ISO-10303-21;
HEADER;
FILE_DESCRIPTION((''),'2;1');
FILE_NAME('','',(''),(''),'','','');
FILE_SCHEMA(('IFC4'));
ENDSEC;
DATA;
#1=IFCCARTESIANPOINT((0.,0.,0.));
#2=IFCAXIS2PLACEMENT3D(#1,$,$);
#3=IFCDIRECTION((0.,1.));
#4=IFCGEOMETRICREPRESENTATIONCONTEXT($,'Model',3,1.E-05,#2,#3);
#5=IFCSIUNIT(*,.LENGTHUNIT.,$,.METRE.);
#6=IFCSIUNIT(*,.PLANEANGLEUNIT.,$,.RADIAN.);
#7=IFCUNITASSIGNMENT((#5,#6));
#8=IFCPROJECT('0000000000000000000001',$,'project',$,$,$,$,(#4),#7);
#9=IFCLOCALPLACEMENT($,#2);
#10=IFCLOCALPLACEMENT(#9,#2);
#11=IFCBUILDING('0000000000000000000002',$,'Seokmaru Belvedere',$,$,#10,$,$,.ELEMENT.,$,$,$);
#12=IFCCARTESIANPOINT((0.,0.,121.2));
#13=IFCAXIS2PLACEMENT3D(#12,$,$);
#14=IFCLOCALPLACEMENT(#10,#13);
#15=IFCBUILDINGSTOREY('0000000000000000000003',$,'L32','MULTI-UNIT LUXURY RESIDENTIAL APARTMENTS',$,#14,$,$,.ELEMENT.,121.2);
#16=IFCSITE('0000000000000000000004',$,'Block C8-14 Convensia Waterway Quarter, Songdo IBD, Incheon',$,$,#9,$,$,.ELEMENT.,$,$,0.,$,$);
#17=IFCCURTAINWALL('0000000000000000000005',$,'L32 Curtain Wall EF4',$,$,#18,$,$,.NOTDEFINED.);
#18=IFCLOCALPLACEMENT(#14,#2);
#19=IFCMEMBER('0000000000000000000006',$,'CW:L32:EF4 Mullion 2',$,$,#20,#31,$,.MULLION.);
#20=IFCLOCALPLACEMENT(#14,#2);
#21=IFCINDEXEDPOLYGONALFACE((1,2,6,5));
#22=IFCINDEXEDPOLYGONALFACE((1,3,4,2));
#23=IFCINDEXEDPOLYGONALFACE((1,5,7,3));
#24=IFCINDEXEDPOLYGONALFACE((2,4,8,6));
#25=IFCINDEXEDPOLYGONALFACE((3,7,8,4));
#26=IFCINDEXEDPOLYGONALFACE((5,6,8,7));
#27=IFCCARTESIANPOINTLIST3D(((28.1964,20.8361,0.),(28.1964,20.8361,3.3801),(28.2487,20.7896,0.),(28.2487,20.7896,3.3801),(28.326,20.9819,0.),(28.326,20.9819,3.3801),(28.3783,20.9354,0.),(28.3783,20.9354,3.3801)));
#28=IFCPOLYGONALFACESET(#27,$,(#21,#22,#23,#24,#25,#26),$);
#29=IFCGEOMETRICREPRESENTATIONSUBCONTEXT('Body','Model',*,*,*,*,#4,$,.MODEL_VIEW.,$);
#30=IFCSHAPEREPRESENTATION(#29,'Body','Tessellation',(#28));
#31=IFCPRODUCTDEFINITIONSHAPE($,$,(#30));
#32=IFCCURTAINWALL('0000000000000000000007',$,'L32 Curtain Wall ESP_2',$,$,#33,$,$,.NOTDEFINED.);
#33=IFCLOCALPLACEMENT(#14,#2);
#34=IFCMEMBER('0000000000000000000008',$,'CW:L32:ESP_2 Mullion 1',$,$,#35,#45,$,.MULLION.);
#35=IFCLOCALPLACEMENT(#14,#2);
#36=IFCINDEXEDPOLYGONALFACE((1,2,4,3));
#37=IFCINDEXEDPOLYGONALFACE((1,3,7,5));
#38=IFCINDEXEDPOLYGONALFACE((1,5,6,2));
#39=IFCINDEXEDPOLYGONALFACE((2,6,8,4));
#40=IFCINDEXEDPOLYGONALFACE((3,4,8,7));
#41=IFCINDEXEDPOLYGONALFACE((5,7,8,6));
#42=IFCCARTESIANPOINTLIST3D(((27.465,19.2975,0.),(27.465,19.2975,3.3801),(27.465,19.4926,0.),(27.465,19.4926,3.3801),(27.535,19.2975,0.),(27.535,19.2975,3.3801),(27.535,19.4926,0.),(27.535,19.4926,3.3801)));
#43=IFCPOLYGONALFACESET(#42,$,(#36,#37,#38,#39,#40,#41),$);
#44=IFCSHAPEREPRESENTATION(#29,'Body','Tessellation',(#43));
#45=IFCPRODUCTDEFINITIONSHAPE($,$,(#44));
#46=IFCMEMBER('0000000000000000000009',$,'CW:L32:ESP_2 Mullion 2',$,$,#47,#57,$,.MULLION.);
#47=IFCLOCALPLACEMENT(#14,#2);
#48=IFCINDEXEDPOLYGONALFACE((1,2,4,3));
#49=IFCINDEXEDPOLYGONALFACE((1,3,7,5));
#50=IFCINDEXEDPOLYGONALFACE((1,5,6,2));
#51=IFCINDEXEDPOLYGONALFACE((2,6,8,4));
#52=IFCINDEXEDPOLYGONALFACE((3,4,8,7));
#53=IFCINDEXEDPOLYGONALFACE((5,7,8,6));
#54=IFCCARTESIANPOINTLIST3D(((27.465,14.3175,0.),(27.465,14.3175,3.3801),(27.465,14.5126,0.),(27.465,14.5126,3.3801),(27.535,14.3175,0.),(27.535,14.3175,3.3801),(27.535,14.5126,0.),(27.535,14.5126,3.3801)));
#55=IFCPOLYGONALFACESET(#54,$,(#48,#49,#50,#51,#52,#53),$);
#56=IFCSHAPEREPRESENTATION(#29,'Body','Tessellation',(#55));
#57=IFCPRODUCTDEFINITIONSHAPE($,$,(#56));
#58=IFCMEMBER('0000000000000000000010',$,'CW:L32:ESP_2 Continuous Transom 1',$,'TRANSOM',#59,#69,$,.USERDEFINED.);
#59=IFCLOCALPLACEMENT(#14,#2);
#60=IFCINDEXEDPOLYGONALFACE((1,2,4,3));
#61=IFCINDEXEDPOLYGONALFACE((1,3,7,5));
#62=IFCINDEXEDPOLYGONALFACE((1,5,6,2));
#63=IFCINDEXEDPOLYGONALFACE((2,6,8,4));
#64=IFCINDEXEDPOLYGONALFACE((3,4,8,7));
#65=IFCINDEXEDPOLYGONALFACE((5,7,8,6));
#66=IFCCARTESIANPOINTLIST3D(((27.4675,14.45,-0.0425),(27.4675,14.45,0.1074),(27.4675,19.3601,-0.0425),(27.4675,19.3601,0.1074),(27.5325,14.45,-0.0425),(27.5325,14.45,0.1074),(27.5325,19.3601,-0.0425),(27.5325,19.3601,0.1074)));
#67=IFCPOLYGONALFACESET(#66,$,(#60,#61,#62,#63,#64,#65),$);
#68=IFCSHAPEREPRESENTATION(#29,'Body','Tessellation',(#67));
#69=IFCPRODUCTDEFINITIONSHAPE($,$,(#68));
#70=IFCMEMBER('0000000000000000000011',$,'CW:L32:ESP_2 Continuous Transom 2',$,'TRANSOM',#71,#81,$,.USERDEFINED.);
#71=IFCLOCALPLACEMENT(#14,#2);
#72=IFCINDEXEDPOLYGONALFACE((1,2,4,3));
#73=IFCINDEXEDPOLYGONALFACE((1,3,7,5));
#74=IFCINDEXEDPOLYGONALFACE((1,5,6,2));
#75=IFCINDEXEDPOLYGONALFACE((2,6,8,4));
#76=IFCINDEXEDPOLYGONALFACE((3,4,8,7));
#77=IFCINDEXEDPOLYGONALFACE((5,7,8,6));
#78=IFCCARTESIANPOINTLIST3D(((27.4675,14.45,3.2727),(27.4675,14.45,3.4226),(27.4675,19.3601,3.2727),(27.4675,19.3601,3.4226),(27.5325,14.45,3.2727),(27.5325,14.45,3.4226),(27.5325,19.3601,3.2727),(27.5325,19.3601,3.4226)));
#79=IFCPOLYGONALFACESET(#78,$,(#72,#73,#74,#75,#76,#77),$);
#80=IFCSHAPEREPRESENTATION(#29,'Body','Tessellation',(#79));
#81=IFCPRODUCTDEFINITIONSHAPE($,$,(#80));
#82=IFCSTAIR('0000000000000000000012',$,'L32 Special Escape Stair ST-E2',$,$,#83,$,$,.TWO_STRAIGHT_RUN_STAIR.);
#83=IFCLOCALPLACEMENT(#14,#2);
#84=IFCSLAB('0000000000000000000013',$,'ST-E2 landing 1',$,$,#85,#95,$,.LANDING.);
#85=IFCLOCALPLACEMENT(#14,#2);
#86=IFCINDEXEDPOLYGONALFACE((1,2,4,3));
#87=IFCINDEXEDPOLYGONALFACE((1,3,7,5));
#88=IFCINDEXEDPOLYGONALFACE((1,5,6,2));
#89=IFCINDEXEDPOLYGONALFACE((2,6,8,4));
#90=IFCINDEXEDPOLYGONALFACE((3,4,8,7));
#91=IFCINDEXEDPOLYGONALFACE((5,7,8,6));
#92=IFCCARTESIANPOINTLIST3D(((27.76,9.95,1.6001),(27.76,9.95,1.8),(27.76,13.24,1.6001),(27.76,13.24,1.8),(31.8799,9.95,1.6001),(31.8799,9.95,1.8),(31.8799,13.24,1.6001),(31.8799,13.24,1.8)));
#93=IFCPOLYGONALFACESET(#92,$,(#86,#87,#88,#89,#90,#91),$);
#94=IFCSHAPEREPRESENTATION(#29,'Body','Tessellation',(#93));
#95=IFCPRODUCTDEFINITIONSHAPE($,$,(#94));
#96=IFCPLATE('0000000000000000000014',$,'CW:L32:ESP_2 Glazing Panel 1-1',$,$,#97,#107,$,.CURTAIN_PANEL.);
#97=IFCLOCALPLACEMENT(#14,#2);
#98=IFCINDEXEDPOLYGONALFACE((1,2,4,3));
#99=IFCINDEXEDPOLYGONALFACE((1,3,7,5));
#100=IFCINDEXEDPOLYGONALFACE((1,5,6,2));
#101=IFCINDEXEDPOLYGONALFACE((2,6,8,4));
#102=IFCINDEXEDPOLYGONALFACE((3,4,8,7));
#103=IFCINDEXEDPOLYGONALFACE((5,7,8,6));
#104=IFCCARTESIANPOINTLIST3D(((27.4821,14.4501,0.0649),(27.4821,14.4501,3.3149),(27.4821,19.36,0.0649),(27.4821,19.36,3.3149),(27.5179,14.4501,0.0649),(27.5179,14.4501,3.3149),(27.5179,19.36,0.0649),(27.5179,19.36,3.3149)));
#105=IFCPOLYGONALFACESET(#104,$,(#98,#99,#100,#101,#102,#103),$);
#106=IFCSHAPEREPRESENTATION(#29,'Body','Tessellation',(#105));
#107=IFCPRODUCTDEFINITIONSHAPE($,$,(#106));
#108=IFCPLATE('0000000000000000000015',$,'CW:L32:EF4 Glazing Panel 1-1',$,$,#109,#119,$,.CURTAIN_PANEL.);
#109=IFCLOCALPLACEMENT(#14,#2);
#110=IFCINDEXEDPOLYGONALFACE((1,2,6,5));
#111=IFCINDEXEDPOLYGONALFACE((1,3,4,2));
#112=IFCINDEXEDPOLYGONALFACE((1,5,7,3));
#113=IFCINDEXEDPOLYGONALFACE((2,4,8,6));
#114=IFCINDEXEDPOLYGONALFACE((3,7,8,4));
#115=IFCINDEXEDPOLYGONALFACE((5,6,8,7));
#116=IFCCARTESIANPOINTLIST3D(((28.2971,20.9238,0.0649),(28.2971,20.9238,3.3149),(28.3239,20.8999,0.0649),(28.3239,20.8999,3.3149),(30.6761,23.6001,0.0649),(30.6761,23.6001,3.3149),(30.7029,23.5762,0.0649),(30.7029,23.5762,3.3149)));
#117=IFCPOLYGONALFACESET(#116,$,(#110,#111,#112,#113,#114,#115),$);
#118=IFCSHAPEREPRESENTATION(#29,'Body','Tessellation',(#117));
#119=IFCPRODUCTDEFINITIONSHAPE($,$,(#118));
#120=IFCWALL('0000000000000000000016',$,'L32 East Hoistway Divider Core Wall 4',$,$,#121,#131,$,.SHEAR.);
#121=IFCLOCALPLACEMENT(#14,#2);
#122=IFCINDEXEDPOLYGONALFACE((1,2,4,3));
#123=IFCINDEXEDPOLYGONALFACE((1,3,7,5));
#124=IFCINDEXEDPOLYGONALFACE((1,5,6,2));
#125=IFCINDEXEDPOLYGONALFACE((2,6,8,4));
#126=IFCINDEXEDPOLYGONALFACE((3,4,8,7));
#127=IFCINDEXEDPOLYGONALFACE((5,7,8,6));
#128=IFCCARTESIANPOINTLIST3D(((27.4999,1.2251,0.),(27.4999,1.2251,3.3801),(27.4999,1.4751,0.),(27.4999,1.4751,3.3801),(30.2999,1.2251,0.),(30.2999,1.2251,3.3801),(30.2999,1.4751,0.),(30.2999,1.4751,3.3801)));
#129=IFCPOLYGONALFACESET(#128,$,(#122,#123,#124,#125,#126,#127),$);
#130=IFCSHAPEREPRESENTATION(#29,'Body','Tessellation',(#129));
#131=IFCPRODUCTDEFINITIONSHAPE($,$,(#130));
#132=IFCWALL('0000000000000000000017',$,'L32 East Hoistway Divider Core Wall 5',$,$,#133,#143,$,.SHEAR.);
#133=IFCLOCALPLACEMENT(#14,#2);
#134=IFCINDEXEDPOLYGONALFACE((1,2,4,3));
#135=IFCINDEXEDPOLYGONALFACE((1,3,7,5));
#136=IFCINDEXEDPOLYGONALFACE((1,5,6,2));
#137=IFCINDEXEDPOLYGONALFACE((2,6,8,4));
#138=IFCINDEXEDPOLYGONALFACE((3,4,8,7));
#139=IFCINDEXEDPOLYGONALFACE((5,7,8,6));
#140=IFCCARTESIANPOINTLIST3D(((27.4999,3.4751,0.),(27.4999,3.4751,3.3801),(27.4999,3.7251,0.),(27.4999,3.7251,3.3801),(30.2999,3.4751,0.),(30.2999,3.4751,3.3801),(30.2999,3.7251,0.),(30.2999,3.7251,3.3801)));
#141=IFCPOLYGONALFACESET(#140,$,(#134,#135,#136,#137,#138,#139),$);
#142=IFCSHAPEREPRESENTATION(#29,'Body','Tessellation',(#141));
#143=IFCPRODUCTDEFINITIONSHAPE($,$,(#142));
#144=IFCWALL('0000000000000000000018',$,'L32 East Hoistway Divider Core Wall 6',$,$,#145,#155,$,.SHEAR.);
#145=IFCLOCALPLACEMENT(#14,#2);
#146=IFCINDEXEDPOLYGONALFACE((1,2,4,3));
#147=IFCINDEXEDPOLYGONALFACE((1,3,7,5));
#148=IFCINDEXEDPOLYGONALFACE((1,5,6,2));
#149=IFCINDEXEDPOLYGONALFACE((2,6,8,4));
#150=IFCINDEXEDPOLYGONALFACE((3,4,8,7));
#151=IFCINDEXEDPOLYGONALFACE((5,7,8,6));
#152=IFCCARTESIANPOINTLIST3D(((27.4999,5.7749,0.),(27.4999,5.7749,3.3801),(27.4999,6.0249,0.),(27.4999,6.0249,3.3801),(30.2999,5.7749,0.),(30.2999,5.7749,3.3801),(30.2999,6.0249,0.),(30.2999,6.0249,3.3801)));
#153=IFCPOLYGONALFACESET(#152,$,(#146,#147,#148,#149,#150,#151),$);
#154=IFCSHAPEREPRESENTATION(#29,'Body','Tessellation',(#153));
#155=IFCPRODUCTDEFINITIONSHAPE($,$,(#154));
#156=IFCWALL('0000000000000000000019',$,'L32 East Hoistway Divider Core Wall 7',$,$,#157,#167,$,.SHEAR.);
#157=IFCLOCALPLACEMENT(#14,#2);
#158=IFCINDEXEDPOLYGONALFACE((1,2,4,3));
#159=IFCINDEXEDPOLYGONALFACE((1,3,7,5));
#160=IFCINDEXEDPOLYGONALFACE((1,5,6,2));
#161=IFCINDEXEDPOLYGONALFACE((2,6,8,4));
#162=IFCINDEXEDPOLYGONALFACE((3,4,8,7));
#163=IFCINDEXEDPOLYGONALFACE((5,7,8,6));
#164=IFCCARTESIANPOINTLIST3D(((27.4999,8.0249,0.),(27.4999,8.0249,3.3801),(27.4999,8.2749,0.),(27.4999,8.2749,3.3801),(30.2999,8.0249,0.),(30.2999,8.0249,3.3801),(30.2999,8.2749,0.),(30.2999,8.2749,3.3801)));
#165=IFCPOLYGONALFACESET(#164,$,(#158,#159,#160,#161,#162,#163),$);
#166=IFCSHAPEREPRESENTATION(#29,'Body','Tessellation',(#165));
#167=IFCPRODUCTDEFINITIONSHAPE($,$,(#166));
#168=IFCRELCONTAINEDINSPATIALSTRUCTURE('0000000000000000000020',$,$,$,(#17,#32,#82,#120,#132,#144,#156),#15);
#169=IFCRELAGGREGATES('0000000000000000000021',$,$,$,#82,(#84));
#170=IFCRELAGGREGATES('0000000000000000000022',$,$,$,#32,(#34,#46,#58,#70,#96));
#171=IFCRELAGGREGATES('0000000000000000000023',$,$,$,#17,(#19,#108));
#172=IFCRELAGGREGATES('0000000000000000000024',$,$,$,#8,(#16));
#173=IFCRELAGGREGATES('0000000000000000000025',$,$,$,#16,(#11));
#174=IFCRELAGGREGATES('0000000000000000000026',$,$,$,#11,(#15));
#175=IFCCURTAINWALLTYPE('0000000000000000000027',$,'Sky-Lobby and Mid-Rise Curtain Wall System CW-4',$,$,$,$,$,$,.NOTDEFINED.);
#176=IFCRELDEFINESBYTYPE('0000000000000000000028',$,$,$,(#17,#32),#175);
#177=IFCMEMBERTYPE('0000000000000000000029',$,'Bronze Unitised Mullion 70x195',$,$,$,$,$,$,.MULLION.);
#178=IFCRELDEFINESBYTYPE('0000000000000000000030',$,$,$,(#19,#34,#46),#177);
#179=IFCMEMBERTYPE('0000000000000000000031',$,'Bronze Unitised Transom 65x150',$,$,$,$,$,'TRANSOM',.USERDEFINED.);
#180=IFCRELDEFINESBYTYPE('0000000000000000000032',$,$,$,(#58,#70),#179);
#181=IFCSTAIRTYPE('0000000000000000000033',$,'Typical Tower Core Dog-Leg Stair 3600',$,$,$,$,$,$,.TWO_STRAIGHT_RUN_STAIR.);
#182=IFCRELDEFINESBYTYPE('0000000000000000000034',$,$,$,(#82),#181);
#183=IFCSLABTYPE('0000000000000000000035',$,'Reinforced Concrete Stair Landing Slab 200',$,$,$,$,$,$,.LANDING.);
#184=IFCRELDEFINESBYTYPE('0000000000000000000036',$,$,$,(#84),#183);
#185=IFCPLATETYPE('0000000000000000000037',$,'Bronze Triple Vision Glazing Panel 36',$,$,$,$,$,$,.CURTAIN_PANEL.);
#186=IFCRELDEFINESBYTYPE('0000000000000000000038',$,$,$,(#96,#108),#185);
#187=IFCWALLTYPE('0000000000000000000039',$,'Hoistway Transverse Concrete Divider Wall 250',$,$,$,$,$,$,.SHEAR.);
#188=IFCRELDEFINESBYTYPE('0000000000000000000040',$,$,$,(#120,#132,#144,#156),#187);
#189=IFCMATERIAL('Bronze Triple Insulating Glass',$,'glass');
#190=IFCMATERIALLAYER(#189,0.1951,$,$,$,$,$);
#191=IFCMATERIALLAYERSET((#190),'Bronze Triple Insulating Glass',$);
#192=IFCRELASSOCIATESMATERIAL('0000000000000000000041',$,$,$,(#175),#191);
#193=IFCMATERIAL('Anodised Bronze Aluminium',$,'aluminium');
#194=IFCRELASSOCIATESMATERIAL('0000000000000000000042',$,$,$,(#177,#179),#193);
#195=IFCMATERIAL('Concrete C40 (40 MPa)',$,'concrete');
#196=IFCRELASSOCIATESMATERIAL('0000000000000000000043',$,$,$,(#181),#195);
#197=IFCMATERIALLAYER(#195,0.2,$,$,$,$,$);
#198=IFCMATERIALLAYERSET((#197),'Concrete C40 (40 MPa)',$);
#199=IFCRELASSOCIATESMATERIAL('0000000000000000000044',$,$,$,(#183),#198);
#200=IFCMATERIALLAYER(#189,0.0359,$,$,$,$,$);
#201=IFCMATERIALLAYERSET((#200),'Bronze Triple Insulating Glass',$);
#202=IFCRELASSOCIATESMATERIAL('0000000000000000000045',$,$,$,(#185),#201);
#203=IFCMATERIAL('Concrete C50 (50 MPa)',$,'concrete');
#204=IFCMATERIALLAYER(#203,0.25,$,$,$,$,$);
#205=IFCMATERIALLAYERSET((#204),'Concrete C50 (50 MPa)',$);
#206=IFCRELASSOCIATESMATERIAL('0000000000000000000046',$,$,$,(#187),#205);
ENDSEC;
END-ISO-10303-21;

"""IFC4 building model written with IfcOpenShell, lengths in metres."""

from ifc_helpers import new_model, si_unit, direction, frame, frame_2d, origin, origin_2d, place, context, subcontext, project, spatial, polyline, rectangle, outline, extrude, source, transform, mapped, material, layer, layer_set, material_profile, profile_set, type_object, type_shapes, element, aggregate, save


model = new_model("IFC4")

# Units and contexts
model_context = context("Model", 3, precision=1e-05, world=origin(), true_north=direction((0.0, 1.0)))
body_context = subcontext(model_context, "Body", "Model", "MODEL_VIEW")
ifc_project = project(units=[si_unit("LENGTHUNIT", "METRE"), si_unit("PLANEANGLEUNIT", "RADIAN")], contexts=[model_context])

# Site, building, storey
site_placement = place(None, origin())
site = spatial("IfcSite", under=ifc_project, at=site_placement, Name="Block C8-14 Convensia Waterway Quarter, Songdo IBD, Incheon", CompositionType="ELEMENT", RefElevation=0.0)
building_placement = place(site_placement, origin())
building = spatial("IfcBuilding", under=site, at=building_placement, Name="Seokmaru Belvedere", CompositionType="ELEMENT")
storey_placement = place(building_placement, frame((0.0, 0.0, 121.2)))
storey = spatial("IfcBuildingStorey", under=building, at=storey_placement, Name="L32", Description="MULTI-UNIT LUXURY RESIDENTIAL APARTMENTS", CompositionType="ELEMENT", Elevation=121.2)

# Curtain wall, member
ifc_material_1 = material(Name="Bronze Triple Insulating Glass", Category="glass")
ifc_layer_1 = layer(ifc_material_1, 0.1951)
ifc_layer_set_1 = layer_set([ifc_layer_1], Name="Bronze Triple Insulating Glass")
curtain_wall_type = type_object("IfcCurtainWallType", Name="Sky-Lobby and Mid-Rise Curtain Wall System CW-4", PredefinedType="NOTDEFINED", material=ifc_layer_set_1)
curtain_wall_1_placement = place(storey_placement, origin())
curtain_wall_1 = element("IfcCurtainWall", 1, at=curtain_wall_1_placement, inside=storey, type_object=curtain_wall_type, Name="L32 Curtain Wall EF4", PredefinedType="NOTDEFINED")
ifc_material_2 = material(Name="Anodised Bronze Aluminium", Category="aluminium")
ifc_material_profile_1 = material_profile(ifc_material_2, rectangle(XDim=0.0701, YDim=0.1951, at=origin_2d()), Name="CW-M-70x195")
ifc_profile_set_1 = profile_set([ifc_material_profile_1], Name="Anodised Bronze Aluminium")
member_type_1 = type_object("IfcMemberType", Name="Bronze Unitised Mullion 70x195", PredefinedType="MULLION", material=ifc_profile_set_1)
shared_shape_1 = source(origin(), body_context, "Body", "SweptSolid", [
    extrude(rectangle(XDim=0.0701, YDim=0.1951, at=origin_2d()), origin(), (0.0, 0.0, 1.0), 3.3801),
])
type_shapes(member_type_1, [shared_shape_1])
member_1_placement = place(storey_placement, frame((28.2874, 20.8857, 0.0), z_axis=(0.0, 0.0, 1.0), x_axis=(0.74741, -0.664363, 0.0)))
member_1 = element("IfcMember", 2, at=member_1_placement, type_object=member_type_1, Name="CW:L32:EF4 Mullion 2", PredefinedType="MULLION", context=body_context, shape_type="MappedRepresentation", body=[
    mapped(shared_shape_1, transform((0.0, 0.0, 0.0), scale=1.0)),
])

# Curtain wall, members
curtain_wall_2_placement = place(storey_placement, origin())
curtain_wall_2 = element("IfcCurtainWall", 3, at=curtain_wall_2_placement, inside=storey, type_object=curtain_wall_type, Name="L32 Curtain Wall ESP_2", PredefinedType="NOTDEFINED")
member_2_placement = place(storey_placement, frame((27.5, 19.395, 0.0), z_axis=(0.0, 0.0, 1.0), x_axis=(1.0, 0.0, 0.0)))
member_2 = element("IfcMember", 4, at=member_2_placement, type_object=member_type_1, Name="CW:L32:ESP_2 Mullion 1", PredefinedType="MULLION", context=body_context, shape_type="MappedRepresentation", body=[
    mapped(shared_shape_1, transform((0.0, 0.0, 0.0), scale=1.0)),
])
member_3_placement = place(storey_placement, frame((27.5, 14.415, 0.0), z_axis=(0.0, 0.0, 1.0), x_axis=(1.0, 0.0, 0.0)))
member_3 = element("IfcMember", 5, at=member_3_placement, type_object=member_type_1, Name="CW:L32:ESP_2 Mullion 2", PredefinedType="MULLION", context=body_context, shape_type="MappedRepresentation", body=[
    mapped(shared_shape_1, transform((0.0, 0.0, 0.0), scale=1.0)),
])
ifc_material_profile_2 = material_profile(ifc_material_2, rectangle(XDim=0.0649, YDim=0.1499, at=origin_2d()), Name="CW-T-65x150")
ifc_profile_set_2 = profile_set([ifc_material_profile_2], Name="Anodised Bronze Aluminium")
member_type_2 = type_object("IfcMemberType", Name="Bronze Unitised Transom 65x150", ElementType="TRANSOM", PredefinedType="USERDEFINED", material=ifc_profile_set_2)
shared_shape_2 = source(origin(), body_context, "Body", "SweptSolid", [
    extrude(rectangle(XDim=0.0649, YDim=0.1499, at=origin_2d()), origin(), (0.0, 0.0, 1.0), 4.9102),
])
type_shapes(member_type_2, [shared_shape_2])
member_4_placement = place(storey_placement, frame((27.5, 19.3601, 0.0325), z_axis=(0.0, -1.0, 0.0), x_axis=(1.0, 0.0, 0.0)))
member_4 = element("IfcMember", 6, at=member_4_placement, type_object=member_type_2, Name="CW:L32:ESP_2 Continuous Transom 1", ObjectType="TRANSOM", PredefinedType="USERDEFINED", context=body_context, shape_type="MappedRepresentation", body=[
    mapped(shared_shape_2, transform((0.0, 0.0, 0.0), scale=1.0)),
])
member_5_placement = place(storey_placement, frame((27.5, 19.3601, 3.3477), z_axis=(0.0, -1.0, 0.0), x_axis=(1.0, 0.0, 0.0)))
member_5 = element("IfcMember", 7, at=member_5_placement, type_object=member_type_2, Name="CW:L32:ESP_2 Continuous Transom 2", ObjectType="TRANSOM", PredefinedType="USERDEFINED", context=body_context, shape_type="MappedRepresentation", body=[
    mapped(shared_shape_2, transform((0.0, 0.0, 0.0), scale=1.0)),
])

# Stair, slab
ifc_material_3 = material(Name="Concrete C40 (40 MPa)", Category="concrete")
stair_type = type_object("IfcStairType", Name="Typical Tower Core Dog-Leg Stair 3600", PredefinedType="TWO_STRAIGHT_RUN_STAIR", material=ifc_material_3)
stair_placement = place(storey_placement, origin())
stair = element("IfcStair", 8, at=stair_placement, inside=storey, type_object=stair_type, Name="L32 Special Escape Stair ST-E2", PredefinedType="TWO_STRAIGHT_RUN_STAIR")
ifc_layer_2 = layer(ifc_material_3, 0.2)
ifc_layer_set_2 = layer_set([ifc_layer_2], Name="Concrete C40 (40 MPa)")
slab_type = type_object("IfcSlabType", Name="Reinforced Concrete Stair Landing Slab 200", PredefinedType="LANDING", material=ifc_layer_set_2)
slab_placement = place(storey_placement, frame((0.0, 0.0, 1.6001)))
slab = element("IfcSlab", 9, at=slab_placement, type_object=slab_type, Name="ST-E2 landing 1", PredefinedType="LANDING", context=body_context, shape_type="SweptSolid", body=[
    extrude(outline(polyline([(27.76, 9.95), (31.8799, 9.95), (31.8799, 13.24), (27.76, 13.24), (27.76, 9.95)])), origin(), (0.0, 0.0, 1.0), 0.2),
])
aggregate(stair, [slab])

# Plates
ifc_layer_3 = layer(ifc_material_1, 0.0359)
ifc_layer_set_3 = layer_set([ifc_layer_3], Name="Bronze Triple Insulating Glass")
plate_type = type_object("IfcPlateType", Name="Bronze Triple Vision Glazing Panel 36", PredefinedType="CURTAIN_PANEL", material=ifc_layer_set_3)
shared_shape_3 = source(origin(), body_context, "Body", "SweptSolid", [
    extrude(rectangle(XDim=4.9099, YDim=0.0359, at=origin_2d()), origin(), (0.0, 0.0, 1.0), 3.25),
])
plate_1_placement = place(storey_placement, frame((27.5, 16.905, 0.0649), z_axis=(0.0, 0.0, 1.0), x_axis=(0.0, -1.0, 0.0)))
plate_1 = element("IfcPlate", 10, at=plate_1_placement, type_object=plate_type, Name="CW:L32:ESP_2 Glazing Panel 1-1", PredefinedType="CURTAIN_PANEL", context=body_context, shape_type="MappedRepresentation", body=[
    mapped(shared_shape_3, transform((0.0, 0.0, 0.0), scale=1.0)),
])
aggregate(curtain_wall_2, [member_2, member_3, member_4, member_5, plate_1])
shared_shape_4 = source(origin(), body_context, "Body", "SweptSolid", [
    extrude(rectangle(XDim=3.5808, YDim=0.0359, at=origin_2d()), origin(), (0.0, 0.0, 1.0), 3.25),
])
type_shapes(plate_type, [shared_shape_3, shared_shape_4])
plate_2_placement = place(storey_placement, frame((29.5, 22.25, 0.0649), z_axis=(0.0, 0.0, 1.0), x_axis=(-0.664363, -0.74741, 0.0)))
plate_2 = element("IfcPlate", 11, at=plate_2_placement, type_object=plate_type, Name="CW:L32:EF4 Glazing Panel 1-1", PredefinedType="CURTAIN_PANEL", context=body_context, shape_type="MappedRepresentation", body=[
    mapped(shared_shape_4, transform((0.0, 0.0, 0.0), scale=1.0)),
])
aggregate(curtain_wall_1, [member_1, plate_2])

# Walls
ifc_material_4 = material(Name="Concrete C50 (50 MPa)", Category="concrete")
ifc_layer_4 = layer(ifc_material_4, 0.25)
ifc_layer_set_4 = layer_set([ifc_layer_4], Name="Concrete C50 (50 MPa)")
wall_type_1 = type_object("IfcWallType", Name="Hoistway Transverse Concrete Divider Wall 250", PredefinedType="SHEAR", material=ifc_layer_set_4)
for number, where, z_axis, x_axis, name in (
    (12, (27.5, 1.3501, 0.0), (0.0, 0.0, 1.0), (1.0, 0.0, 0.0), "L32 East Hoistway Divider Core Wall 4"),
    (13, (27.5, 3.6001, 0.0), (0.0, 0.0, 1.0), (1.0, 0.0, 0.0), "L32 East Hoistway Divider Core Wall 5"),
    (14, (27.5, 5.8999, 0.0), (0.0, 0.0, 1.0), (1.0, 0.0, 0.0), "L32 East Hoistway Divider Core Wall 6"),
    (15, (27.5, 8.1499, 0.0), (0.0, 0.0, 1.0), (1.0, 0.0, 0.0), "L32 East Hoistway Divider Core Wall 7"),
):
    element("IfcWall", number, at=place(storey_placement, frame(where, z_axis=z_axis, x_axis=x_axis)), inside=storey, type_object=wall_type_1, Name=name, PredefinedType="SHEAR", context=body_context, shape_type="SweptSolid", body=[
        extrude(rectangle(XDim=2.8, YDim=0.25, at=frame_2d((1.3999, 0.0))), origin(), (0.0, 0.0, 1.0), 3.3801),
    ])

save(model, "model.ifc")
